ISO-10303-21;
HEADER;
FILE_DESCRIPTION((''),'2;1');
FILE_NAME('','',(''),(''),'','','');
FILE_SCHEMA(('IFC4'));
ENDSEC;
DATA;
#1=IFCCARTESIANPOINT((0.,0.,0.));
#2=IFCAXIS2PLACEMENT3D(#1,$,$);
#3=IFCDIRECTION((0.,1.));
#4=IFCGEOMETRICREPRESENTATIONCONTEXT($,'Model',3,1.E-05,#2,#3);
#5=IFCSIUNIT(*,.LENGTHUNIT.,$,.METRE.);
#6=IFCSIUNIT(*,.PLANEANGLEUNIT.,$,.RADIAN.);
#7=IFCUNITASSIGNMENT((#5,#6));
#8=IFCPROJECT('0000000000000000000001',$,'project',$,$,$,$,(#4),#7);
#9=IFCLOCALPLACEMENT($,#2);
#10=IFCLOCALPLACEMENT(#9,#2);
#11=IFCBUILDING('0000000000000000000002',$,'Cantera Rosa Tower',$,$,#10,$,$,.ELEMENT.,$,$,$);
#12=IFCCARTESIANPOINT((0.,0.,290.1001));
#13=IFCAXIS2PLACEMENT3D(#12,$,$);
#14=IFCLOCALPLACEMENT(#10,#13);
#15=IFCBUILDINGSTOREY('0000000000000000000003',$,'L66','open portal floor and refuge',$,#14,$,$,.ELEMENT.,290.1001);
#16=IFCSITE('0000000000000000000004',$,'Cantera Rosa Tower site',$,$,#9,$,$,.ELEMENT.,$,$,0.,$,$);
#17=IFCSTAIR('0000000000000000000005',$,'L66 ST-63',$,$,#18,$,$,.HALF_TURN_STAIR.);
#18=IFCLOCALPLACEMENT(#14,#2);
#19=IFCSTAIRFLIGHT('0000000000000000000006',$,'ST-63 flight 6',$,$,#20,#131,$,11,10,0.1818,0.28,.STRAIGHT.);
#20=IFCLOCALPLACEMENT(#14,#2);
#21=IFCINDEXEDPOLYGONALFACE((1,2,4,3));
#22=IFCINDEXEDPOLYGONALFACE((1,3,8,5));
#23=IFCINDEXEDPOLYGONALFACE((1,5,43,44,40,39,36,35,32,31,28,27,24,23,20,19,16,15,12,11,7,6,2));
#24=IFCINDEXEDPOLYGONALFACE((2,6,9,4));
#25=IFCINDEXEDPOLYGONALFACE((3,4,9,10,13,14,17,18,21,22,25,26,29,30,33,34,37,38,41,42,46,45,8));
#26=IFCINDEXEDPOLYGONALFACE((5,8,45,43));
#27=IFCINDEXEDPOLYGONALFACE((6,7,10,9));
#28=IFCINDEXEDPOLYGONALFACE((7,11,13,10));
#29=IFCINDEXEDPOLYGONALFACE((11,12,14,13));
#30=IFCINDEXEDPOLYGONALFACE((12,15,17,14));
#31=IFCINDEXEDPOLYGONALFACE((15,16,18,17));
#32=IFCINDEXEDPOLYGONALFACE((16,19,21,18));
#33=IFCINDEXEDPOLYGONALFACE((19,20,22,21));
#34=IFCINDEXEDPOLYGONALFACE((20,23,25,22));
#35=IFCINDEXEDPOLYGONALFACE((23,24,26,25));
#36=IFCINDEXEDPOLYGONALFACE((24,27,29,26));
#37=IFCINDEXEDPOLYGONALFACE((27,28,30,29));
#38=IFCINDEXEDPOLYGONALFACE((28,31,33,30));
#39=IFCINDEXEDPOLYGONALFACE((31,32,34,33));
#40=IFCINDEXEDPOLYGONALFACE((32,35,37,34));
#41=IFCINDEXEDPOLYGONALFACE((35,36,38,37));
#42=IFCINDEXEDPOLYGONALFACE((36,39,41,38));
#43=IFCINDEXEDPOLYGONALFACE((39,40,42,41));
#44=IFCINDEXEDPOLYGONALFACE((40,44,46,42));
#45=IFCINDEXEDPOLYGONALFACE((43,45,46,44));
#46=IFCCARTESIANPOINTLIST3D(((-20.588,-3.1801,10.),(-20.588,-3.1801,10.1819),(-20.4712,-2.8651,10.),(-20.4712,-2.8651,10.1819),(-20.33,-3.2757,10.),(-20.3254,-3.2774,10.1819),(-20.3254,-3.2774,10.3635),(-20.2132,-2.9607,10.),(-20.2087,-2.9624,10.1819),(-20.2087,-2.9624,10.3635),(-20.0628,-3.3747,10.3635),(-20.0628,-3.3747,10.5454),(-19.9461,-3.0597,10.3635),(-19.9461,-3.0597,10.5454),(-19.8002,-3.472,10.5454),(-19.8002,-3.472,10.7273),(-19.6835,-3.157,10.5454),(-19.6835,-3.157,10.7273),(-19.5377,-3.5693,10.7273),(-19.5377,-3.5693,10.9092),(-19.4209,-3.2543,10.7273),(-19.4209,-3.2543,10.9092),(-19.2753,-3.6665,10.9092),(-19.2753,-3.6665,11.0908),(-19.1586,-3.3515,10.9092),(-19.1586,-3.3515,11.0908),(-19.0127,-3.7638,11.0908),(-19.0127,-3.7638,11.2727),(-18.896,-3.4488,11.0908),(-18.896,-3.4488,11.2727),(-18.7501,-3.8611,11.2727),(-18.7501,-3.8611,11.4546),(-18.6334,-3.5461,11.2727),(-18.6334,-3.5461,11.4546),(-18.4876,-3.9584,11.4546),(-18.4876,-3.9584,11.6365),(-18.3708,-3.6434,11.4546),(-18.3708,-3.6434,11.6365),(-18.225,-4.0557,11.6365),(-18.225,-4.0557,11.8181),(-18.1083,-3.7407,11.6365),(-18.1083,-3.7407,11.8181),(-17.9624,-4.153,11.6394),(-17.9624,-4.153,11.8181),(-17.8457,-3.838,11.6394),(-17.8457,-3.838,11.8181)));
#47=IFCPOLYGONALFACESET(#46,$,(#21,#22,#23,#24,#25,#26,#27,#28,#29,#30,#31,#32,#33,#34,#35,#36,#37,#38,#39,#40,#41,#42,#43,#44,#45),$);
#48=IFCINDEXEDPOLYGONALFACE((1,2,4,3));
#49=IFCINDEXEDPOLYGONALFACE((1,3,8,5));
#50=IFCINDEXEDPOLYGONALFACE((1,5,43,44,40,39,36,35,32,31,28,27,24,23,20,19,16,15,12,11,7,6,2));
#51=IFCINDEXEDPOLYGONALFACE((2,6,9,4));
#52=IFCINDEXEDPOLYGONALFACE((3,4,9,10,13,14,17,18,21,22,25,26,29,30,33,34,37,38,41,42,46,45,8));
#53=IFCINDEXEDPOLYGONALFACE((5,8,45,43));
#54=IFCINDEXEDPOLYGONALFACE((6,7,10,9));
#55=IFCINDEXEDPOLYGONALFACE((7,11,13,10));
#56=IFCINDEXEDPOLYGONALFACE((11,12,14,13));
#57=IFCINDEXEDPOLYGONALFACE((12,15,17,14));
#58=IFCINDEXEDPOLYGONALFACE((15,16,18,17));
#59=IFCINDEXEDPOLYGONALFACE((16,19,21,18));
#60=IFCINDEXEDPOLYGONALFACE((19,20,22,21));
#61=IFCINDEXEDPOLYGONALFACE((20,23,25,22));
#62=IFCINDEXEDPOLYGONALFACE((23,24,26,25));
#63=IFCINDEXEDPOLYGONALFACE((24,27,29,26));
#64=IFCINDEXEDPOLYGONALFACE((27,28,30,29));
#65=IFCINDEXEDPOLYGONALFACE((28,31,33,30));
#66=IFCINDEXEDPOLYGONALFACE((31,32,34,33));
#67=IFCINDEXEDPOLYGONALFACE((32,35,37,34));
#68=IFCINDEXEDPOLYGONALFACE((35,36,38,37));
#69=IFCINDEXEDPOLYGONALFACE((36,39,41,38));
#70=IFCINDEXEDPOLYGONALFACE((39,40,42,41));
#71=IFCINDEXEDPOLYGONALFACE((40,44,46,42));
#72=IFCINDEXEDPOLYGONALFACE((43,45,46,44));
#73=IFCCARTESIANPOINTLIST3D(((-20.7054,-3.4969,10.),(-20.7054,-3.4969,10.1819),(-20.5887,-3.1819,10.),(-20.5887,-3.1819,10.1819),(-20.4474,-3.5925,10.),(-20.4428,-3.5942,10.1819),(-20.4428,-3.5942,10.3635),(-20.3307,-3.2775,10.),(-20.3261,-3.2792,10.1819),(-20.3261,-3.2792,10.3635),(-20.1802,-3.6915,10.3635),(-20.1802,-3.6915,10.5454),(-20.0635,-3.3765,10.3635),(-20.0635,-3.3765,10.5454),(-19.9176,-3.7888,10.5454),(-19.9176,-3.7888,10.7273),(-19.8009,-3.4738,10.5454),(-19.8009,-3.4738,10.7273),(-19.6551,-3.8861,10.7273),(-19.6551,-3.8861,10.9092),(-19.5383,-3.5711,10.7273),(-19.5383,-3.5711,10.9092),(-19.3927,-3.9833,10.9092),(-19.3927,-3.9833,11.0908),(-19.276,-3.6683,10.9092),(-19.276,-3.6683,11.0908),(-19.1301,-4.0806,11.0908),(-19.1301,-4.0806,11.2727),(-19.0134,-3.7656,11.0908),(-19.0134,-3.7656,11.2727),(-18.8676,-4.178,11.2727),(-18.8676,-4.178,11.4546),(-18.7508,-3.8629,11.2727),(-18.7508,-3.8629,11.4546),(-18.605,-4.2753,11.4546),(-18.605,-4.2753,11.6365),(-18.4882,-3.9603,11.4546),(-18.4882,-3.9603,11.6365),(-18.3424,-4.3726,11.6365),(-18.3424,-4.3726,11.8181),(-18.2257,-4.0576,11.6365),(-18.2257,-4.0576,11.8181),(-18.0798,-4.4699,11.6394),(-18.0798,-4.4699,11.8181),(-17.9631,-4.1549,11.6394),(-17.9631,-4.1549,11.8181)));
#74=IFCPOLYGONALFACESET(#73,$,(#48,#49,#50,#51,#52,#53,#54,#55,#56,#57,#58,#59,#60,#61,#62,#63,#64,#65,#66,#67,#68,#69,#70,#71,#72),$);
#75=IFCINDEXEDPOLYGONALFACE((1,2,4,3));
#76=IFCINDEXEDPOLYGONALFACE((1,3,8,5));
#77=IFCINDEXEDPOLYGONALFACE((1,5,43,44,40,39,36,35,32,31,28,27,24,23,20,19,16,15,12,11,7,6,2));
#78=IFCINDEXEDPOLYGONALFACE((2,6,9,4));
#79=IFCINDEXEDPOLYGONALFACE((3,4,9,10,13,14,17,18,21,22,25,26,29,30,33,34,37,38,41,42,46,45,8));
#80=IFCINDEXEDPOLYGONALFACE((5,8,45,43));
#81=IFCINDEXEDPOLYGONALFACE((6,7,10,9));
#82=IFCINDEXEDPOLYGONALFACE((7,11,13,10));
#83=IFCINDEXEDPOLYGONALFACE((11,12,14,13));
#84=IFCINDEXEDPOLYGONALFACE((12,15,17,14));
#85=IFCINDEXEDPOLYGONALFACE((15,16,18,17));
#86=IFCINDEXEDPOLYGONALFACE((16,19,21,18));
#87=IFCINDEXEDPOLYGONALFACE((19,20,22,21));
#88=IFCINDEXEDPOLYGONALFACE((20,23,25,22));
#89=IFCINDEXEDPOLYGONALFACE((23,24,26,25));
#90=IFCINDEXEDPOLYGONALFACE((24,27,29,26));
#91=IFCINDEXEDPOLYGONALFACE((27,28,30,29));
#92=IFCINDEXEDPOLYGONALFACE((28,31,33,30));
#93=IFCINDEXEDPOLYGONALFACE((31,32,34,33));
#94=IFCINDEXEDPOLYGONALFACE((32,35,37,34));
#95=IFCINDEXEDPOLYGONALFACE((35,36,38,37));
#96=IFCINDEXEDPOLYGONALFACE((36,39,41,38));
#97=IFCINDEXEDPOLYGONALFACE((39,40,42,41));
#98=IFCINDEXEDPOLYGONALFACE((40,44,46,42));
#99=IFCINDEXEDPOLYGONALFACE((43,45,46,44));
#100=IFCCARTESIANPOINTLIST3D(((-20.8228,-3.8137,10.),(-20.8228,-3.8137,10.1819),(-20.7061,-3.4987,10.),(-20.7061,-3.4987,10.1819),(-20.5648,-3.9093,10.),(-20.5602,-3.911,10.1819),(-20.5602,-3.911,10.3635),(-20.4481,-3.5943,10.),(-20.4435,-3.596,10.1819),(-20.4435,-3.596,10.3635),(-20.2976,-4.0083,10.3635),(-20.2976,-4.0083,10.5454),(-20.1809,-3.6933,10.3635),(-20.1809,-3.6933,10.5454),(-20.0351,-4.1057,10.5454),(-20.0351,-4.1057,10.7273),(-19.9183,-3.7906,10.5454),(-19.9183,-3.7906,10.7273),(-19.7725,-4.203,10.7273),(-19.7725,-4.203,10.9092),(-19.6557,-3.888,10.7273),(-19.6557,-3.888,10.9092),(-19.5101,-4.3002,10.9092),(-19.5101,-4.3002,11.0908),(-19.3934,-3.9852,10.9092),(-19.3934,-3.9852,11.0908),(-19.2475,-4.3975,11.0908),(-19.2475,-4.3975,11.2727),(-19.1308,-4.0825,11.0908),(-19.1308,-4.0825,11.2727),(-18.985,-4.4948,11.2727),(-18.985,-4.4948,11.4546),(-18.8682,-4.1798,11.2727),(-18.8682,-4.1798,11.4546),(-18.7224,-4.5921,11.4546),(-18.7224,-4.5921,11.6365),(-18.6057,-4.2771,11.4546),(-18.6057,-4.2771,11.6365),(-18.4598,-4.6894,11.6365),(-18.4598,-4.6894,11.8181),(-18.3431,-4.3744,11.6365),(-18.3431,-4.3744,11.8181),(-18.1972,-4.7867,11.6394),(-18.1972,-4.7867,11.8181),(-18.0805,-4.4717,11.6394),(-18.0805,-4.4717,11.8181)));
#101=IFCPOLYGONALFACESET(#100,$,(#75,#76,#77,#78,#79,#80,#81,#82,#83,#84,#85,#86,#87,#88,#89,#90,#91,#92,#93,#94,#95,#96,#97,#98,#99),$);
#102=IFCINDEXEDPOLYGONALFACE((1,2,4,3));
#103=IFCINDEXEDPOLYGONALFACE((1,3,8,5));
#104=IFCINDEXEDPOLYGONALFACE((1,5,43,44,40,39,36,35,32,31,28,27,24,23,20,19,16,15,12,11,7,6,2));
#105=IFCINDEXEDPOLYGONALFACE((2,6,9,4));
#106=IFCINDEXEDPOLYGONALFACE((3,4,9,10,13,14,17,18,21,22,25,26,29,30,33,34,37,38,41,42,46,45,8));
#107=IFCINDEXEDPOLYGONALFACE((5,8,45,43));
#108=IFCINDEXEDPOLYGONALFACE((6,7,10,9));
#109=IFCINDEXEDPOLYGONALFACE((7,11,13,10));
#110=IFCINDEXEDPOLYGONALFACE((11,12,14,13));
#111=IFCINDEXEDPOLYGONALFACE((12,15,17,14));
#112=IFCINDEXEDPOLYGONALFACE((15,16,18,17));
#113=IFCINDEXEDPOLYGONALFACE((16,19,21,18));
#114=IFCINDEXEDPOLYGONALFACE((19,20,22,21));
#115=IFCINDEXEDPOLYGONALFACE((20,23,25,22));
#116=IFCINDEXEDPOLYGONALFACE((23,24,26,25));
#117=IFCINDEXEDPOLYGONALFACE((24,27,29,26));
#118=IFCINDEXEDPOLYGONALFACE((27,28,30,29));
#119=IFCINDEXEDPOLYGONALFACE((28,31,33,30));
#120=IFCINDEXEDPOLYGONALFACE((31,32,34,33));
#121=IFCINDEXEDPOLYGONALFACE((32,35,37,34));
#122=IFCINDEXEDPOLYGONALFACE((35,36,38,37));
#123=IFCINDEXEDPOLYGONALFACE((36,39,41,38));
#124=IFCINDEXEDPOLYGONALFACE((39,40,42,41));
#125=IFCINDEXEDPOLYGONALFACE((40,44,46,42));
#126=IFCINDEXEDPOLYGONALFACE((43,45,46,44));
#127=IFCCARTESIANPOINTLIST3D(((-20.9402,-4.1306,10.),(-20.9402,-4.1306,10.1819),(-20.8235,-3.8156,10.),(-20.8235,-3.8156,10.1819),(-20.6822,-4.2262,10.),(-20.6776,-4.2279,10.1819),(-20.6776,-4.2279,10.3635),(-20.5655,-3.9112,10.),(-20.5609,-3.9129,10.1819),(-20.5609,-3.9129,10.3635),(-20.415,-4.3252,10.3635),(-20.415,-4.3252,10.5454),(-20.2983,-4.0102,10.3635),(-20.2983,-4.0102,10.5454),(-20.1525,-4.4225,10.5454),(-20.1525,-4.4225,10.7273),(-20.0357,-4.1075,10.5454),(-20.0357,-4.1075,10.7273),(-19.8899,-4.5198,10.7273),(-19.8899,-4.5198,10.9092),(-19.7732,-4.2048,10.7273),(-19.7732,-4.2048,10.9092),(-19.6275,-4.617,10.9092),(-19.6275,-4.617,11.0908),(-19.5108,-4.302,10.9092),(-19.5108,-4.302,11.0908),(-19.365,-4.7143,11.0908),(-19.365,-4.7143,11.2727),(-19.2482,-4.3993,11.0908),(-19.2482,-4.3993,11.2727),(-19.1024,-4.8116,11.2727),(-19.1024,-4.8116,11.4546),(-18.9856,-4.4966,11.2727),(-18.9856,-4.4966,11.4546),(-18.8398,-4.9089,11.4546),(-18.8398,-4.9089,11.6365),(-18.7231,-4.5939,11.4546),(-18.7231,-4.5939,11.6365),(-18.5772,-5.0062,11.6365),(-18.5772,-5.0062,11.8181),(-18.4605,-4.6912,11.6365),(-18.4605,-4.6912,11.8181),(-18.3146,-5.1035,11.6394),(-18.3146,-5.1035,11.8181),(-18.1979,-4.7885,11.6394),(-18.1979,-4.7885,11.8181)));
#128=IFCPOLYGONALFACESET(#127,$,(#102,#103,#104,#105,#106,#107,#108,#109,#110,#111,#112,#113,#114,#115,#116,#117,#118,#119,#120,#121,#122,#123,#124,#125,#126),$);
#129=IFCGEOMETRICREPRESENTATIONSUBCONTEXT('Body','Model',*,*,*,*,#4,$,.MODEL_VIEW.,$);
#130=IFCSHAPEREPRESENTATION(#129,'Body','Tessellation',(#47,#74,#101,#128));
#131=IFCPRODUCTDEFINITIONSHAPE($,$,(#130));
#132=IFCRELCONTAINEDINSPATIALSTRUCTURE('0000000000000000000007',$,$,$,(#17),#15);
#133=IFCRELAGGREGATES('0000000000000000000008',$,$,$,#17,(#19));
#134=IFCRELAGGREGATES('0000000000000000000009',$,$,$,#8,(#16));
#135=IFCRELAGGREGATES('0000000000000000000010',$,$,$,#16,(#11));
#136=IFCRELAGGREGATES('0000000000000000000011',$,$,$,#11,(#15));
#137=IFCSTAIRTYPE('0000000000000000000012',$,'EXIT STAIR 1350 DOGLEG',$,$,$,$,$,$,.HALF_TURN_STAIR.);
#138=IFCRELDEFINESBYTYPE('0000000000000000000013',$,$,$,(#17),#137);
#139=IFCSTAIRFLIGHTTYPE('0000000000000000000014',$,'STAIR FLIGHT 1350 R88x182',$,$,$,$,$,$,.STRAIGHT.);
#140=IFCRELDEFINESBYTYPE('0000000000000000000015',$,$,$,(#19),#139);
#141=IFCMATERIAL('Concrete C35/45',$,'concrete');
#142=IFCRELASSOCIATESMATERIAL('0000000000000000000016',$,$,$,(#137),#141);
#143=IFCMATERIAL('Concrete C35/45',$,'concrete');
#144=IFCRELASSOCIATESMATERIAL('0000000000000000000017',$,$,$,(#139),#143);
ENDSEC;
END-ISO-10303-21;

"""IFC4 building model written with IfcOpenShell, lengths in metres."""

from ifc_helpers import new_model, si_unit, direction, frame, origin, place, context, subcontext, project, spatial, polyline, outline, extrude, material, type_object, element, aggregate, save


model = new_model("IFC4")

# Units and contexts
model_context = context("Model", 3, precision=1e-05, world=origin(), true_north=direction((0.0, 1.0)))
body_context = subcontext(model_context, "Body", "Model", "MODEL_VIEW")
ifc_project = project(units=[si_unit("LENGTHUNIT", "METRE"), si_unit("PLANEANGLEUNIT", "RADIAN")], contexts=[model_context])

# Site, building, storey
site_placement = place(None, origin())
site = spatial("IfcSite", under=ifc_project, at=site_placement, Name="Cantera Rosa Tower site", CompositionType="ELEMENT", RefElevation=0.0)
building_placement = place(site_placement, origin())
building = spatial("IfcBuilding", under=site, at=building_placement, Name="Cantera Rosa Tower", CompositionType="ELEMENT")
storey_placement = place(building_placement, frame((0.0, 0.0, 290.1001)))
storey = spatial("IfcBuildingStorey", under=building, at=storey_placement, Name="L66", Description="open portal floor and refuge", CompositionType="ELEMENT", Elevation=290.1001)

# Stair, stair flight
ifc_material_1 = material(Name="Concrete C35/45", Category="concrete")
stair_type = type_object("IfcStairType", Name="EXIT STAIR 1350 DOGLEG", PredefinedType="HALF_TURN_STAIR", material=ifc_material_1)
stair_placement = place(storey_placement, origin())
stair = element("IfcStair", 1, at=stair_placement, inside=storey, type_object=stair_type, Name="L66 ST-63", PredefinedType="HALF_TURN_STAIR")
ifc_material_2 = material(Name="Concrete C35/45", Category="concrete")
stair_flight_type = type_object("IfcStairFlightType", Name="STAIR FLIGHT 1350 R88x182", PredefinedType="STRAIGHT", material=ifc_material_2)
stair_flight_1_placement = place(storey_placement, frame((-20.7058, -3.498, 10.0), z_axis=(0.0, 0.0, 1.0), x_axis=(0.937687, -0.347481, 0.0)))
stair_flight_1 = element("IfcStairFlight", 2, at=stair_flight_1_placement, type_object=stair_flight_type, Name="ST-63 flight 6", NumberOfRisers=11, NumberOfTreads=10, PredefinedType="STRAIGHT", RiserHeight=0.1818, TreadLength=0.28, context=body_context, shape_type="SweptSolid", body=[
    extrude(outline(polyline([(0.0, 0.0), (0.0, 0.1819), (0.28, 0.1819), (0.28, 0.3635), (0.5601, 0.3635), (0.5601, 0.5454), (0.8401, 0.5454), (0.8401, 0.7273), (1.1201, 0.7273), (1.1201, 0.9092), (1.3999, 0.9092), (1.3999, 1.0908), (1.6799, 1.0908), (1.6799, 1.2727), (1.96, 1.2727), (1.96, 1.4546), (2.24, 1.4546), (2.24, 1.6365), (2.52, 1.6365), (2.52, 1.8181), (2.8, 1.8181), (2.8, 2.0), (2.8, 1.6394), (0.2751, 0.0), (0.0, 0.0)])), frame((0.0, 0.675, 0.0), z_axis=(0.0, -1.0, 0.0), x_axis=(1.0, 0.0, 0.0)), (0.0, 0.0, 1.0), 0.3359),
    extrude(outline(polyline([(0.0, 0.0), (0.0, 0.1819), (0.28, 0.1819), (0.28, 0.3635), (0.5601, 0.3635), (0.5601, 0.5454), (0.8401, 0.5454), (0.8401, 0.7273), (1.1201, 0.7273), (1.1201, 0.9092), (1.3999, 0.9092), (1.3999, 1.0908), (1.6799, 1.0908), (1.6799, 1.2727), (1.96, 1.2727), (1.96, 1.4546), (2.24, 1.4546), (2.24, 1.6365), (2.52, 1.6365), (2.52, 1.8181), (2.8, 1.8181), (2.8, 2.0), (2.8, 1.6394), (0.2751, 0.0), (0.0, 0.0)])), frame((0.0, 0.3372, 0.0), z_axis=(0.0, -1.0, 0.0), x_axis=(1.0, 0.0, 0.0)), (0.0, 0.0, 1.0), 0.3359),
    extrude(outline(polyline([(0.0, 0.0), (0.0, 0.1819), (0.28, 0.1819), (0.28, 0.3635), (0.5601, 0.3635), (0.5601, 0.5454), (0.8401, 0.5454), (0.8401, 0.7273), (1.1201, 0.7273), (1.1201, 0.9092), (1.3999, 0.9092), (1.3999, 1.0908), (1.6799, 1.0908), (1.6799, 1.2727), (1.96, 1.2727), (1.96, 1.4546), (2.24, 1.4546), (2.24, 1.6365), (2.52, 1.6365), (2.52, 1.8181), (2.8, 1.8181), (2.8, 2.0), (2.8, 1.6394), (0.2751, 0.0), (0.0, 0.0)])), frame((0.0, -0.0007, 0.0), z_axis=(0.0, -1.0, 0.0), x_axis=(1.0, 0.0, 0.0)), (0.0, 0.0, 1.0), 0.3359),
    extrude(outline(polyline([(0.0, 0.0), (0.0, 0.1819), (0.28, 0.1819), (0.28, 0.3635), (0.5601, 0.3635), (0.5601, 0.5454), (0.8401, 0.5454), (0.8401, 0.7273), (1.1201, 0.7273), (1.1201, 0.9092), (1.3999, 0.9092), (1.3999, 1.0908), (1.6799, 1.0908), (1.6799, 1.2727), (1.96, 1.2727), (1.96, 1.4546), (2.24, 1.4546), (2.24, 1.6365), (2.52, 1.6365), (2.52, 1.8181), (2.8, 1.8181), (2.8, 2.0), (2.8, 1.6394), (0.2751, 0.0), (0.0, 0.0)])), frame((0.0, -0.3386, 0.0), z_axis=(0.0, -1.0, 0.0), x_axis=(1.0, 0.0, 0.0)), (0.0, 0.0, 1.0), 0.3359),
])
aggregate(stair, [stair_flight_1])

save(model, "model.ifc")
